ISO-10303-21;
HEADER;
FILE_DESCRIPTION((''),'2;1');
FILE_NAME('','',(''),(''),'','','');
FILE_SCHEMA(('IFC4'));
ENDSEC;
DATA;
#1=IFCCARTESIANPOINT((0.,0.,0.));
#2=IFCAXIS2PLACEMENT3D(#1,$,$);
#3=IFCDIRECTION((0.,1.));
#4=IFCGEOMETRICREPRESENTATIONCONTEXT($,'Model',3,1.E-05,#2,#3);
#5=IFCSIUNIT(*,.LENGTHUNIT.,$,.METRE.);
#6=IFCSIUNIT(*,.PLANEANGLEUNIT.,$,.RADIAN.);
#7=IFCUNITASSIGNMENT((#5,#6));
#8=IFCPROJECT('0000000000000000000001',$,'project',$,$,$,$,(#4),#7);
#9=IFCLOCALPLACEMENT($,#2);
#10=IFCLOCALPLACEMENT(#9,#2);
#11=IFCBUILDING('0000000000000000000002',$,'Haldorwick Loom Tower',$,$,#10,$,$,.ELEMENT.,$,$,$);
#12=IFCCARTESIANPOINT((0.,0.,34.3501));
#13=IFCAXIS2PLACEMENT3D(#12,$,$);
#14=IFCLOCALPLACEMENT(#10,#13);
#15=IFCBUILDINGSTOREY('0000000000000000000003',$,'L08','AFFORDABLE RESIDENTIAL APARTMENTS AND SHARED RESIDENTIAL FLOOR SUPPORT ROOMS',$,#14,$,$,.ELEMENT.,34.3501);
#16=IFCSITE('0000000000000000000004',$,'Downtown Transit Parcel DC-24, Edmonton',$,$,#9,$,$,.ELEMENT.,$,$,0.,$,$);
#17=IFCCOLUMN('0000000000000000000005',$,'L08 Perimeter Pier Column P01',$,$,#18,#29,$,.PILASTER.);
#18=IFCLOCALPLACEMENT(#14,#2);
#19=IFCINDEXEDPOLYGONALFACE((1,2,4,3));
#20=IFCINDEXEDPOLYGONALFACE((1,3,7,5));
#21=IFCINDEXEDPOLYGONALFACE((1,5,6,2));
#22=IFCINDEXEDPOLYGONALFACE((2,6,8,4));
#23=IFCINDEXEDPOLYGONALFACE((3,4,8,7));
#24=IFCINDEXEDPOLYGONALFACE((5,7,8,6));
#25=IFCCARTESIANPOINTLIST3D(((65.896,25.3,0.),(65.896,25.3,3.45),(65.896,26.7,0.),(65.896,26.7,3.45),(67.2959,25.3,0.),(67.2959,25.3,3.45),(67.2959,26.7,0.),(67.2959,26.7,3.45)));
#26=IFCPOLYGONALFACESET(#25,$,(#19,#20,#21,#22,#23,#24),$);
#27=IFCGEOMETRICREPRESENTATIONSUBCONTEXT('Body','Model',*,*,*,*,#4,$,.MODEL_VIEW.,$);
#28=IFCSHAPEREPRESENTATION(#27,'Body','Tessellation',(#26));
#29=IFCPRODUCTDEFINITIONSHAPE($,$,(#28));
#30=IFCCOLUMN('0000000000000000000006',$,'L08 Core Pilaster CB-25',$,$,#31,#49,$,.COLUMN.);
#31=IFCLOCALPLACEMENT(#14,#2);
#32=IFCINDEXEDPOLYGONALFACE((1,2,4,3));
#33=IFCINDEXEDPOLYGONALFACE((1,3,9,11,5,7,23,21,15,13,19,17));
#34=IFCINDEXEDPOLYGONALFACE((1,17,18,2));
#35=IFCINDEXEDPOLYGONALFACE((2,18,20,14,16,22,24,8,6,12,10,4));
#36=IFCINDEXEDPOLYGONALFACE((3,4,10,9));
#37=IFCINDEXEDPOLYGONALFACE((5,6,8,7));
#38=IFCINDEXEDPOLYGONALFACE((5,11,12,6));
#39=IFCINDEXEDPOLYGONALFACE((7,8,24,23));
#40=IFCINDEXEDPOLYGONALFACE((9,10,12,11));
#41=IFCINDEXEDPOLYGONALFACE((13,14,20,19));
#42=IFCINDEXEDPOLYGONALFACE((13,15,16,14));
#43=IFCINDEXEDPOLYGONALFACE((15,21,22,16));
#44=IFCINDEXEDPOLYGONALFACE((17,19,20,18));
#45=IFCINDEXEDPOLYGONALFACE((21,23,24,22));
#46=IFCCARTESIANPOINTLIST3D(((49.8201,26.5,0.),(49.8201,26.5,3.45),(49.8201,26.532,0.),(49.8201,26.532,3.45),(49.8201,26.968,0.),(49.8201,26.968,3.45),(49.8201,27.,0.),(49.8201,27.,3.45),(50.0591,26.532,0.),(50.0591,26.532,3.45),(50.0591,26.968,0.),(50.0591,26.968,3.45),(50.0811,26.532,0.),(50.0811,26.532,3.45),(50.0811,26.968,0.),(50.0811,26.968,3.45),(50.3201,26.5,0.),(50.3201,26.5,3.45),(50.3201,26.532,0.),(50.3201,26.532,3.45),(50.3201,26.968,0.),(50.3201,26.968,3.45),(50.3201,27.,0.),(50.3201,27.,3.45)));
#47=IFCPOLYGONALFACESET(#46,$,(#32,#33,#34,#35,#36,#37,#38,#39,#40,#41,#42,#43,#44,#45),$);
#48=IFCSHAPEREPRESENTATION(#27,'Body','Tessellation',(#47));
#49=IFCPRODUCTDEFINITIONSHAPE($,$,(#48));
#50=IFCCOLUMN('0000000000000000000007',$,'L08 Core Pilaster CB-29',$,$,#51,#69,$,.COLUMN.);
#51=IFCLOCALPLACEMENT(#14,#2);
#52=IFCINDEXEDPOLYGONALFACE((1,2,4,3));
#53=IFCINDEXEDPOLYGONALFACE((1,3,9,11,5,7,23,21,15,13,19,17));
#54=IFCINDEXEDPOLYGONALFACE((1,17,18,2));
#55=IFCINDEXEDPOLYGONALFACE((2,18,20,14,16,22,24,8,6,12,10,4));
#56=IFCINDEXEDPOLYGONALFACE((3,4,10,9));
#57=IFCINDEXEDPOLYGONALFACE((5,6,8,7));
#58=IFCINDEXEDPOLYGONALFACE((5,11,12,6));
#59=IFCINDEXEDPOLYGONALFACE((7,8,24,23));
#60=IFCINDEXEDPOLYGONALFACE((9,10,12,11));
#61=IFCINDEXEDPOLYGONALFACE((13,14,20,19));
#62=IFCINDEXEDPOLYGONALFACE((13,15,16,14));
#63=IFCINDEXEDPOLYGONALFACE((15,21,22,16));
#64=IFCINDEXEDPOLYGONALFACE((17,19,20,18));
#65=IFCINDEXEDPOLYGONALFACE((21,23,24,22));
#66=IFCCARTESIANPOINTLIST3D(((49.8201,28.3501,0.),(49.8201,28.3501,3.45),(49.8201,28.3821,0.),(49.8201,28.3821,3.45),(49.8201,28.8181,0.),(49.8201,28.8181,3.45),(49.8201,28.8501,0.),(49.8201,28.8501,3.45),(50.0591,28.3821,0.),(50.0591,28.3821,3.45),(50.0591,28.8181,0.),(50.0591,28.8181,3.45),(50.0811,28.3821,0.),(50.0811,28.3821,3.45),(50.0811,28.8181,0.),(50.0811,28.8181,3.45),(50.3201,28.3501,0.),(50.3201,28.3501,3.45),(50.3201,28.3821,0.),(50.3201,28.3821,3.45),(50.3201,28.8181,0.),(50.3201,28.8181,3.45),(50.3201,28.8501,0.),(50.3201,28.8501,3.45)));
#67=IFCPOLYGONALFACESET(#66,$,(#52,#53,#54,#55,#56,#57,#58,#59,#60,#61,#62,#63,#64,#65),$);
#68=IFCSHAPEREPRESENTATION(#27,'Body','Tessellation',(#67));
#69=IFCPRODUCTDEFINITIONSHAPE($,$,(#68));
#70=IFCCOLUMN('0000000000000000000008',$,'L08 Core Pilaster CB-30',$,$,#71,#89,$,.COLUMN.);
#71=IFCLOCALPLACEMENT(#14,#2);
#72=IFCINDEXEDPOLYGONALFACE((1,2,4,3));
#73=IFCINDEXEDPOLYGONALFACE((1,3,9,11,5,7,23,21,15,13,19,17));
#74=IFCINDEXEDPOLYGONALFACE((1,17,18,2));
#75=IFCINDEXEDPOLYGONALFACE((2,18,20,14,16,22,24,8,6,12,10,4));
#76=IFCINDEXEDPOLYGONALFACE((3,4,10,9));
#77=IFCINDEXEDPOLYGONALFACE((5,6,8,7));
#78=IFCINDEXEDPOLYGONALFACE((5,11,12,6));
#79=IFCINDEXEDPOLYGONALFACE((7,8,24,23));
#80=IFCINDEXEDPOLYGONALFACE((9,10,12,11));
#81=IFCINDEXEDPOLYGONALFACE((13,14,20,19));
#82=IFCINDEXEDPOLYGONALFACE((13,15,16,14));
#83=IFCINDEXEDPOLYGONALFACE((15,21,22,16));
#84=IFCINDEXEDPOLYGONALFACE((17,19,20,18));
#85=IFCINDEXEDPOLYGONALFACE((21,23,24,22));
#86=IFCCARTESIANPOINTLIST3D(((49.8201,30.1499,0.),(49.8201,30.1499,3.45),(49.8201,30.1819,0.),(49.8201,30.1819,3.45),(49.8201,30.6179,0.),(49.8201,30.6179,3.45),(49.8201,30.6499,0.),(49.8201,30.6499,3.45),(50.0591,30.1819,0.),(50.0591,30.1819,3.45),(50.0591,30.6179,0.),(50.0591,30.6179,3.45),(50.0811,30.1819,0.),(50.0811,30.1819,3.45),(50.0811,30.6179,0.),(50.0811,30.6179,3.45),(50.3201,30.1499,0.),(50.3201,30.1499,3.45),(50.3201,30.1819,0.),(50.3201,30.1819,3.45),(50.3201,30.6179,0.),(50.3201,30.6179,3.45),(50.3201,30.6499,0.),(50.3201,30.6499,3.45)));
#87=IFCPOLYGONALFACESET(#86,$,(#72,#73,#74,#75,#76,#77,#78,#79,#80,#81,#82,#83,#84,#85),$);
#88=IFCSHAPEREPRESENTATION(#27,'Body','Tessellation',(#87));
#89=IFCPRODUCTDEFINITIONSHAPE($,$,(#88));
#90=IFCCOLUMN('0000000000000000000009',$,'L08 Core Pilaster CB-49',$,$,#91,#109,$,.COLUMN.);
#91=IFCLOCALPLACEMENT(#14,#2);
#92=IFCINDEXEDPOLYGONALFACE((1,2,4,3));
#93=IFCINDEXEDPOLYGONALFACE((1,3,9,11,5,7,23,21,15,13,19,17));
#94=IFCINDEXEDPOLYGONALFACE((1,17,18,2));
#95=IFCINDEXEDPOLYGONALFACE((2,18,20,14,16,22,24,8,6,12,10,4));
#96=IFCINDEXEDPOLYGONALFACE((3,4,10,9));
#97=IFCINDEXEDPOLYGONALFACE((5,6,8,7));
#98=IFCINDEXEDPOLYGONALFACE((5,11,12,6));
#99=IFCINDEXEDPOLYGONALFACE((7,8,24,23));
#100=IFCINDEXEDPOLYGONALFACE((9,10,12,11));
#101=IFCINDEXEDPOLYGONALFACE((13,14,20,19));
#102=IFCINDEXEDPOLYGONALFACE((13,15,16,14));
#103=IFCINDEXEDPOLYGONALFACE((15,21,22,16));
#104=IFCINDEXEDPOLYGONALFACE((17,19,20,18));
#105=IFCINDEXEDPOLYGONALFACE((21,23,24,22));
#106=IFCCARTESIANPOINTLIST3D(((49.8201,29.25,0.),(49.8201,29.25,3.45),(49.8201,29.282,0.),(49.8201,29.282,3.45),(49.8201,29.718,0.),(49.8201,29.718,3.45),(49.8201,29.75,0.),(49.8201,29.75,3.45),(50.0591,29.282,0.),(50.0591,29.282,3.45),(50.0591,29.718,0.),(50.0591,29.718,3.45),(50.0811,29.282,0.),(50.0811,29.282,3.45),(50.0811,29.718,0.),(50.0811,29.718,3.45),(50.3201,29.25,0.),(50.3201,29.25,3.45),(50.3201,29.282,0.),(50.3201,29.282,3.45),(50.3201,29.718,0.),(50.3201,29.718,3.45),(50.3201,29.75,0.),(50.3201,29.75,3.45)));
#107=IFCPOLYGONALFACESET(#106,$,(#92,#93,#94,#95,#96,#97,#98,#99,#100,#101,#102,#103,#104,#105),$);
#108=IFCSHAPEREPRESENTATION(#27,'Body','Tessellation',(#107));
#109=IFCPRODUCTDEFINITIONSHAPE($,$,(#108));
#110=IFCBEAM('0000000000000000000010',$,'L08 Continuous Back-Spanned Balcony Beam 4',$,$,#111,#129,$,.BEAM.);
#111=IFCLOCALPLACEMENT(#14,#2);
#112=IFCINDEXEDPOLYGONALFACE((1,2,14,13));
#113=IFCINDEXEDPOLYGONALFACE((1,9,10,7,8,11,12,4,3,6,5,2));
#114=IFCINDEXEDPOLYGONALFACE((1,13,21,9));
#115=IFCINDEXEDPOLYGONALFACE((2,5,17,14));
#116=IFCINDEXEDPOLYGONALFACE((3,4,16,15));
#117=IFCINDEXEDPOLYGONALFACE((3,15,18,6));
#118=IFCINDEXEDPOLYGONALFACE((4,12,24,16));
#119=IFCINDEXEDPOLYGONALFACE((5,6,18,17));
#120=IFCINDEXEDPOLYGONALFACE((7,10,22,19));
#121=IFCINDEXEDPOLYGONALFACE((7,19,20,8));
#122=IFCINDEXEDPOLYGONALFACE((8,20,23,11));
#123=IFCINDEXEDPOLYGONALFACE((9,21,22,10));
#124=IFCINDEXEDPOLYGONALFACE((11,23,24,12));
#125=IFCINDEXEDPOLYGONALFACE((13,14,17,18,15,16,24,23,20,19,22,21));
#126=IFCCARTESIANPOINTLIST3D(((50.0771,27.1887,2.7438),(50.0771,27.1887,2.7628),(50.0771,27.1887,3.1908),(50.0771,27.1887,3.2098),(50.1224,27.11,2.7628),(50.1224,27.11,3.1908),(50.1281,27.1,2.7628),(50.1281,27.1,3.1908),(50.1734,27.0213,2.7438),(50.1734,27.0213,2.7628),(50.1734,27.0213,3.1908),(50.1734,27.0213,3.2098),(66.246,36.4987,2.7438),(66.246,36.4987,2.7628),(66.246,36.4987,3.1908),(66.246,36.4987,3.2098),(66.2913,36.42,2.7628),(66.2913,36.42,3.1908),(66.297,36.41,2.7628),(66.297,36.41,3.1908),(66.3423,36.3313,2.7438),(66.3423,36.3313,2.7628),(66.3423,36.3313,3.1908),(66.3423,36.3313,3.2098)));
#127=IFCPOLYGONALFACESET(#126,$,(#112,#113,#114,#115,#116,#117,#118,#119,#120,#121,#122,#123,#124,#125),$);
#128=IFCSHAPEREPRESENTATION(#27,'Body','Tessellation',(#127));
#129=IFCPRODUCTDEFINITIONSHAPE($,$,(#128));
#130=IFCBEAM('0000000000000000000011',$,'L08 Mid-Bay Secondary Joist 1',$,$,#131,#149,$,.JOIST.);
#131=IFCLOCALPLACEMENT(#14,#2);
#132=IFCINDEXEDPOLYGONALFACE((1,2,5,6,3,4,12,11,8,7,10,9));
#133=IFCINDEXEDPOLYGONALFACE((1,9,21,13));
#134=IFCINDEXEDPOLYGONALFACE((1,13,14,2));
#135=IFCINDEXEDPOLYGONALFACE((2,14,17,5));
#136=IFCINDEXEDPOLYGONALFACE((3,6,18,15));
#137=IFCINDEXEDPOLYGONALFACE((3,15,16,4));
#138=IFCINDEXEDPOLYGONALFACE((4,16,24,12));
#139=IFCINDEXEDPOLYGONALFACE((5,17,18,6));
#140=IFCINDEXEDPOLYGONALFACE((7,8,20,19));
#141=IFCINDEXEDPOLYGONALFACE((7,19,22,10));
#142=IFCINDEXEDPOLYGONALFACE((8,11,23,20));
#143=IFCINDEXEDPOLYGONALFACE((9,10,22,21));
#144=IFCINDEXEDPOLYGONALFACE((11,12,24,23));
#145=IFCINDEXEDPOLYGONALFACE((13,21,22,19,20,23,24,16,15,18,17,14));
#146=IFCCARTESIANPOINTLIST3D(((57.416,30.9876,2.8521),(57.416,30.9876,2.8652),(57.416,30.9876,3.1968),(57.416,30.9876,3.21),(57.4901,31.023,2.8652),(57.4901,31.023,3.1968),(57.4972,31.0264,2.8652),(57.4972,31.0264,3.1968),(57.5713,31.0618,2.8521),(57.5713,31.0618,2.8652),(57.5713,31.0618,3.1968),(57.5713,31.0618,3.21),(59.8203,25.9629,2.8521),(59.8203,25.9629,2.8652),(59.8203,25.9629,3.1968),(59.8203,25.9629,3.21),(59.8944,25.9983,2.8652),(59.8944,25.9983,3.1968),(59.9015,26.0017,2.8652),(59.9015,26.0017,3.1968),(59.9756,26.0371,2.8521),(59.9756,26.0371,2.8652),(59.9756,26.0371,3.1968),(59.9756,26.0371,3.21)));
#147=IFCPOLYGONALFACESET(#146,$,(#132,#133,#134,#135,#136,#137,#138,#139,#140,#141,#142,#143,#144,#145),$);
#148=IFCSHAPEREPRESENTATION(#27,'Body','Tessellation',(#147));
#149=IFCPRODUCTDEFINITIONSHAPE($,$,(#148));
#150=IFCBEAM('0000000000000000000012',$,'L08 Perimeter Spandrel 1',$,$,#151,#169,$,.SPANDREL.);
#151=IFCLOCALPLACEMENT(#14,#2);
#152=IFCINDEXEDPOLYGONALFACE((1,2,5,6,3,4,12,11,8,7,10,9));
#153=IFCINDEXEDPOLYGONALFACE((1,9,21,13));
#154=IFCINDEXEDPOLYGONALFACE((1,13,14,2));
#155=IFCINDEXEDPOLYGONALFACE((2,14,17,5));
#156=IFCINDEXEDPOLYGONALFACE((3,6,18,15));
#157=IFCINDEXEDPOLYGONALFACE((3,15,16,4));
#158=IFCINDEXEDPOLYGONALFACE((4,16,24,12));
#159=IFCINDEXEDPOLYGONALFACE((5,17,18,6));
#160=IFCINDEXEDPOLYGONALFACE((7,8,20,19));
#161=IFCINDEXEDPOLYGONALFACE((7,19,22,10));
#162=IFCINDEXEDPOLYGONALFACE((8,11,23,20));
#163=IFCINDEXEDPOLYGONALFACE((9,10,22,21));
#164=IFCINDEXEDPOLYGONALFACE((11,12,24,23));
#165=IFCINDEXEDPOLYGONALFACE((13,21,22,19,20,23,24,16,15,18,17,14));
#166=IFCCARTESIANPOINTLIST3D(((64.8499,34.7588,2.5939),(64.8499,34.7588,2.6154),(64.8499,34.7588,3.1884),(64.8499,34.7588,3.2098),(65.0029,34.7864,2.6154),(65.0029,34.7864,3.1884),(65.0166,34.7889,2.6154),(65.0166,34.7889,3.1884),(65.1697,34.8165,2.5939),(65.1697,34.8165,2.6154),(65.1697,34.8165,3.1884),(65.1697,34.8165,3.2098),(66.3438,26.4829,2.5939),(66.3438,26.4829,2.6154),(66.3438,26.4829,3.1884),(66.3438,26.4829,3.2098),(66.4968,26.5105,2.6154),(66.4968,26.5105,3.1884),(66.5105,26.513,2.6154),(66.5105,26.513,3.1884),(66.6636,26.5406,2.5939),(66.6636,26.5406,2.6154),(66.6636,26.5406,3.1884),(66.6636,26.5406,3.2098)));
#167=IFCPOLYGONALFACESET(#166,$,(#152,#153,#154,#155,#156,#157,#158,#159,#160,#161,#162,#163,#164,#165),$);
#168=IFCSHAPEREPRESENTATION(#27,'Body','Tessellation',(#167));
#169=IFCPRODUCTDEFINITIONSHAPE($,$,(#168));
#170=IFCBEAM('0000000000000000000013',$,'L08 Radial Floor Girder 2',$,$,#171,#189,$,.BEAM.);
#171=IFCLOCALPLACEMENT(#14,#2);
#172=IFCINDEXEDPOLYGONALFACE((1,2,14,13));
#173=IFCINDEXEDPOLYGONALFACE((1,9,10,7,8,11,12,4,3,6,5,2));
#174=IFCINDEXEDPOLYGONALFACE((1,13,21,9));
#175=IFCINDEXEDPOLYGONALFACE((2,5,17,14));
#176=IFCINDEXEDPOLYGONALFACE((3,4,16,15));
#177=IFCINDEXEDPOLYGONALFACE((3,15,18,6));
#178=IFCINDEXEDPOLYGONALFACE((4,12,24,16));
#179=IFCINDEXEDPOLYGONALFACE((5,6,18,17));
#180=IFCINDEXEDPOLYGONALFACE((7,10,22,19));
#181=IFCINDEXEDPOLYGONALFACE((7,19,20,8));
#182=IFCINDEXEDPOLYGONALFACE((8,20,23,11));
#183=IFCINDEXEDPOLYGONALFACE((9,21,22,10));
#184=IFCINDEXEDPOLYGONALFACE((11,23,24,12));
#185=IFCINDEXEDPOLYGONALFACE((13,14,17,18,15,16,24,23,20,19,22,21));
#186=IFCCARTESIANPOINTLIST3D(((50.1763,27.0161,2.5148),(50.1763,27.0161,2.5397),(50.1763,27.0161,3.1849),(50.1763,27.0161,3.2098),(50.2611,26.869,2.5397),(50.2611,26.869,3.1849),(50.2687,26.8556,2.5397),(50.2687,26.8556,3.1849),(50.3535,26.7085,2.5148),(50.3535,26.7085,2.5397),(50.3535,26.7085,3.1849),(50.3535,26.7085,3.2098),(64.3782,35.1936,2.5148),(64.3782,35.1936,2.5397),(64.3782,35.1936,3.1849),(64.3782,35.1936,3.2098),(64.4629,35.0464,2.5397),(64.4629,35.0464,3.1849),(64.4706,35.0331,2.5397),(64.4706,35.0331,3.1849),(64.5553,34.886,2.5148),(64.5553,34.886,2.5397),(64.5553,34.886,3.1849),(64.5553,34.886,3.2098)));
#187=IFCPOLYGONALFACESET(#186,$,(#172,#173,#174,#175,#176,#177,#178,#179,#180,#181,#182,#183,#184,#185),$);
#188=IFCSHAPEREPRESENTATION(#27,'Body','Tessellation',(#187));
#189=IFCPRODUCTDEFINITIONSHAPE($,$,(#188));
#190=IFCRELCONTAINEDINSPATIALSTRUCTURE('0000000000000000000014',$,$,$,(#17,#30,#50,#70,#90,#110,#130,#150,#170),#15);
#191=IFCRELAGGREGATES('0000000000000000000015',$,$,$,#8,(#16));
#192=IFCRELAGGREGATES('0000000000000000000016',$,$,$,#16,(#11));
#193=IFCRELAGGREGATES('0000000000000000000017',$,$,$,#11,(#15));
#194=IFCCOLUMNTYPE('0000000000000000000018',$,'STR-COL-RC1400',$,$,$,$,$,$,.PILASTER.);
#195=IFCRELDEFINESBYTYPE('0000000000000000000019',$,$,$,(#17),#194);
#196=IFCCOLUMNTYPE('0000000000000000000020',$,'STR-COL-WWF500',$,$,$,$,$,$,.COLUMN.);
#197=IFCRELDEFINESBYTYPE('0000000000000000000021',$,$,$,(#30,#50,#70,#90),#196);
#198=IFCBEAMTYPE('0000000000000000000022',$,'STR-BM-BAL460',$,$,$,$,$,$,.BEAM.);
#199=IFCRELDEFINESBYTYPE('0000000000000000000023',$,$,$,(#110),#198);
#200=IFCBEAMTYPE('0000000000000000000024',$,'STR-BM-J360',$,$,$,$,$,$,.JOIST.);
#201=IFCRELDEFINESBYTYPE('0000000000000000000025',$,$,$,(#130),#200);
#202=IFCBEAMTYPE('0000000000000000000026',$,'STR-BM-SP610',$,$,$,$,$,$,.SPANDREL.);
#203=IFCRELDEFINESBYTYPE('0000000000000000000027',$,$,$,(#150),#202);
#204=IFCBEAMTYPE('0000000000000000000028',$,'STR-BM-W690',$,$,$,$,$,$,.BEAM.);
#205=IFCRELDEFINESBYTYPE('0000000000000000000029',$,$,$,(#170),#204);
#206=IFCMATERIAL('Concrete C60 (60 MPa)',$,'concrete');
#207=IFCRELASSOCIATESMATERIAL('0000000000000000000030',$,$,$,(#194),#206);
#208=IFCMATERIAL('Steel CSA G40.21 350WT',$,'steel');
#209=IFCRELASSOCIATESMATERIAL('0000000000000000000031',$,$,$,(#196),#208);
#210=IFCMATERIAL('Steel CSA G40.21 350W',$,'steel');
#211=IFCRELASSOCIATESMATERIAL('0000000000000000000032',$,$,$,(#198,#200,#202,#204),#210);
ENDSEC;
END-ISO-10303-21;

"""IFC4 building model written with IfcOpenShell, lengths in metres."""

from ifc_helpers import new_model, si_unit, direction, frame, origin, origin_2d, place, context, subcontext, project, spatial, rectangle, i_section, extrude, material, material_profile, profile_set, type_object, element, save


model = new_model("IFC4")

# Units and contexts
model_context = context("Model", 3, precision=1e-05, world=origin(), true_north=direction((0.0, 1.0)))
body_context = subcontext(model_context, "Body", "Model", "MODEL_VIEW")
ifc_project = project(units=[si_unit("LENGTHUNIT", "METRE"), si_unit("PLANEANGLEUNIT", "RADIAN")], contexts=[model_context])

# Site, building, storey
site_placement = place(None, origin())
site = spatial("IfcSite", under=ifc_project, at=site_placement, Name="Downtown Transit Parcel DC-24, Edmonton", CompositionType="ELEMENT", RefElevation=0.0)
building_placement = place(site_placement, origin())
building = spatial("IfcBuilding", under=site, at=building_placement, Name="Haldorwick Loom Tower", CompositionType="ELEMENT")
storey_placement = place(building_placement, frame((0.0, 0.0, 34.3501)))
storey = spatial("IfcBuildingStorey", under=building, at=storey_placement, Name="L08", Description="AFFORDABLE RESIDENTIAL APARTMENTS AND SHARED RESIDENTIAL FLOOR SUPPORT ROOMS", CompositionType="ELEMENT", Elevation=34.3501)

# Columns
ifc_material_1 = material(Name="Concrete C60 (60 MPa)", Category="concrete")
ifc_material_profile_1 = material_profile(ifc_material_1, rectangle(XDim=1.3999, YDim=1.3999, at=origin_2d()), Name="RC1400X1400", Category="concrete")
ifc_profile_set_1 = profile_set([ifc_material_profile_1], Name="Concrete C60 (60 MPa)")
column_type_1 = type_object("IfcColumnType", Name="STR-COL-RC1400", PredefinedType="PILASTER", material=ifc_profile_set_1)
column_placement = place(storey_placement, frame((66.5959, 26.0, 0.0), z_axis=(0.0, 0.0, 1.0), x_axis=(1.0, 0.0, 0.0)))
element("IfcColumn", 1, at=column_placement, inside=storey, type_object=column_type_1, Name="L08 Perimeter Pier Column P01", PredefinedType="PILASTER", context=body_context, shape_type="SweptSolid", body=[
    extrude(rectangle(XDim=1.3999, YDim=1.3999, at=origin_2d()), origin(), (0.0, 0.0, 1.0), 3.45),
])
ifc_material_2 = material(Name="Steel CSA G40.21 350WT", Category="steel")
ifc_material_profile_2 = material_profile(ifc_material_2, i_section(OverallWidth=0.5, OverallDepth=0.5, WebThickness=0.022, FlangeThickness=0.032, at=origin_2d()), Name="WWF500X500", Category="steel")
ifc_profile_set_2 = profile_set([ifc_material_profile_2], Name="Steel CSA G40.21 350WT")
column_type_2 = type_object("IfcColumnType", Name="STR-COL-WWF500", PredefinedType="COLUMN", material=ifc_profile_set_2)
for number, where, z_axis, x_axis, name in (
    (2, (50.0701, 26.75, 0.0), (0.0, 0.0, 1.0), (1.0, 0.0, 0.0), "L08 Core Pilaster CB-25"),
    (3, (50.0701, 28.6001, 0.0), (0.0, 0.0, 1.0), (1.0, 0.0, 0.0), "L08 Core Pilaster CB-29"),
    (4, (50.0701, 30.3999, 0.0), (0.0, 0.0, 1.0), (1.0, 0.0, 0.0), "L08 Core Pilaster CB-30"),
    (5, (50.0701, 29.5, 0.0), (0.0, 0.0, 1.0), (1.0, 0.0, 0.0), "L08 Core Pilaster CB-49"),
):
    element("IfcColumn", number, at=place(storey_placement, frame(where, z_axis=z_axis, x_axis=x_axis)), inside=storey, type_object=column_type_2, Name=name, PredefinedType="COLUMN", context=body_context, shape_type="SweptSolid", body=[
        extrude(i_section(OverallWidth=0.5, OverallDepth=0.5, WebThickness=0.022, FlangeThickness=0.032, at=origin_2d()), origin(), (0.0, 0.0, 1.0), 3.45),
    ])

# Beams
ifc_material_3 = material(Name="Steel CSA G40.21 350W", Category="steel")
ifc_material_profile_3 = material_profile(ifc_material_3, i_section(OverallWidth=0.1931, OverallDepth=0.4661, WebThickness=0.0115, FlangeThickness=0.019, at=origin_2d()), Name="W460X97", Category="steel")
ifc_profile_set_3 = profile_set([ifc_material_profile_3], Name="Steel CSA G40.21 350W")
beam_type_1 = type_object("IfcBeamType", Name="STR-BM-BAL460", PredefinedType="BEAM", material=ifc_profile_set_3)
beam_1_placement = place(storey_placement, frame((50.1252, 27.105, 2.9768), z_axis=(0.866607, 0.498991, 0.0), x_axis=(-0.498991, 0.866607, 0.0)))
element("IfcBeam", 6, at=beam_1_placement, inside=storey, type_object=beam_type_1, Name="L08 Continuous Back-Spanned Balcony Beam 4", PredefinedType="BEAM", context=body_context, shape_type="SweptSolid", body=[
    extrude(i_section(OverallWidth=0.1931, OverallDepth=0.4661, WebThickness=0.0115, FlangeThickness=0.019, at=origin_2d()), origin(), (0.0, 0.0, 1.0), 18.6577),
])
ifc_material_profile_4 = material_profile(ifc_material_3, i_section(OverallWidth=0.1721, OverallDepth=0.3579, WebThickness=0.0078, FlangeThickness=0.0132, at=origin_2d()), Name="W360X57", Category="steel")
ifc_profile_set_4 = profile_set([ifc_material_profile_4], Name="Steel CSA G40.21 350W")
beam_type_2 = type_object("IfcBeamType", Name="STR-BM-J360", PredefinedType="JOIST", material=ifc_profile_set_4)
beam_2_placement = place(storey_placement, frame((59.8979, 26.0, 3.031), z_axis=(-0.431631, 0.90205, 0.0), x_axis=(-0.90205, -0.431631, 0.0)))
element("IfcBeam", 7, at=beam_2_placement, inside=storey, type_object=beam_type_2, Name="L08 Mid-Bay Secondary Joist 1", PredefinedType="JOIST", context=body_context, shape_type="SweptSolid", body=[
    extrude(i_section(OverallWidth=0.1721, OverallDepth=0.3579, WebThickness=0.0078, FlangeThickness=0.0132, at=origin_2d()), origin(), (0.0, 0.0, 1.0), 5.5703),
])
ifc_material_profile_5 = material_profile(ifc_material_3, i_section(OverallWidth=0.325, OverallDepth=0.616, WebThickness=0.0139, FlangeThickness=0.0215, at=origin_2d()), Name="W610X174", Category="steel")
ifc_profile_set_5 = profile_set([ifc_material_profile_5], Name="Steel CSA G40.21 350W")
beam_type_3 = type_object("IfcBeamType", Name="STR-BM-SP610", PredefinedType="SPANDREL", material=ifc_profile_set_5)
beam_3_placement = place(storey_placement, frame((66.5037, 26.5117, 2.9019), z_axis=(-0.177641, 0.984095, 0.0), x_axis=(-0.984095, -0.177641, 0.0)))
element("IfcBeam", 8, at=beam_3_placement, inside=storey, type_object=beam_type_3, Name="L08 Perimeter Spandrel 1", PredefinedType="SPANDREL", context=body_context, shape_type="SweptSolid", body=[
    extrude(i_section(OverallWidth=0.325, OverallDepth=0.616, WebThickness=0.0139, FlangeThickness=0.0215, at=origin_2d()), origin(), (0.0, 0.0, 1.0), 8.4097),
])
ifc_material_profile_6 = material_profile(ifc_material_3, i_section(OverallWidth=0.355, OverallDepth=0.6951, WebThickness=0.0154, FlangeThickness=0.0249, at=origin_2d()), Name="W690X217", Category="steel")
ifc_profile_set_6 = profile_set([ifc_material_profile_6], Name="Steel CSA G40.21 350W")
beam_type_4 = type_object("IfcBeamType", Name="STR-BM-W690", PredefinedType="BEAM", material=ifc_profile_set_6)
beam_4_placement = place(storey_placement, frame((50.2649, 26.8623, 2.8623), z_axis=(0.866606, 0.498994, 0.0), x_axis=(-0.498994, 0.866606, 0.0)))
element("IfcBeam", 9, at=beam_4_placement, inside=storey, type_object=beam_type_4, Name="L08 Radial Floor Girder 2", PredefinedType="BEAM", context=body_context, shape_type="SweptSolid", body=[
    extrude(i_section(OverallWidth=0.355, OverallDepth=0.6951, WebThickness=0.0154, FlangeThickness=0.0249, at=origin_2d()), origin(), (0.0, 0.0, 1.0), 16.3879),
])

save(model, "model.ifc")
